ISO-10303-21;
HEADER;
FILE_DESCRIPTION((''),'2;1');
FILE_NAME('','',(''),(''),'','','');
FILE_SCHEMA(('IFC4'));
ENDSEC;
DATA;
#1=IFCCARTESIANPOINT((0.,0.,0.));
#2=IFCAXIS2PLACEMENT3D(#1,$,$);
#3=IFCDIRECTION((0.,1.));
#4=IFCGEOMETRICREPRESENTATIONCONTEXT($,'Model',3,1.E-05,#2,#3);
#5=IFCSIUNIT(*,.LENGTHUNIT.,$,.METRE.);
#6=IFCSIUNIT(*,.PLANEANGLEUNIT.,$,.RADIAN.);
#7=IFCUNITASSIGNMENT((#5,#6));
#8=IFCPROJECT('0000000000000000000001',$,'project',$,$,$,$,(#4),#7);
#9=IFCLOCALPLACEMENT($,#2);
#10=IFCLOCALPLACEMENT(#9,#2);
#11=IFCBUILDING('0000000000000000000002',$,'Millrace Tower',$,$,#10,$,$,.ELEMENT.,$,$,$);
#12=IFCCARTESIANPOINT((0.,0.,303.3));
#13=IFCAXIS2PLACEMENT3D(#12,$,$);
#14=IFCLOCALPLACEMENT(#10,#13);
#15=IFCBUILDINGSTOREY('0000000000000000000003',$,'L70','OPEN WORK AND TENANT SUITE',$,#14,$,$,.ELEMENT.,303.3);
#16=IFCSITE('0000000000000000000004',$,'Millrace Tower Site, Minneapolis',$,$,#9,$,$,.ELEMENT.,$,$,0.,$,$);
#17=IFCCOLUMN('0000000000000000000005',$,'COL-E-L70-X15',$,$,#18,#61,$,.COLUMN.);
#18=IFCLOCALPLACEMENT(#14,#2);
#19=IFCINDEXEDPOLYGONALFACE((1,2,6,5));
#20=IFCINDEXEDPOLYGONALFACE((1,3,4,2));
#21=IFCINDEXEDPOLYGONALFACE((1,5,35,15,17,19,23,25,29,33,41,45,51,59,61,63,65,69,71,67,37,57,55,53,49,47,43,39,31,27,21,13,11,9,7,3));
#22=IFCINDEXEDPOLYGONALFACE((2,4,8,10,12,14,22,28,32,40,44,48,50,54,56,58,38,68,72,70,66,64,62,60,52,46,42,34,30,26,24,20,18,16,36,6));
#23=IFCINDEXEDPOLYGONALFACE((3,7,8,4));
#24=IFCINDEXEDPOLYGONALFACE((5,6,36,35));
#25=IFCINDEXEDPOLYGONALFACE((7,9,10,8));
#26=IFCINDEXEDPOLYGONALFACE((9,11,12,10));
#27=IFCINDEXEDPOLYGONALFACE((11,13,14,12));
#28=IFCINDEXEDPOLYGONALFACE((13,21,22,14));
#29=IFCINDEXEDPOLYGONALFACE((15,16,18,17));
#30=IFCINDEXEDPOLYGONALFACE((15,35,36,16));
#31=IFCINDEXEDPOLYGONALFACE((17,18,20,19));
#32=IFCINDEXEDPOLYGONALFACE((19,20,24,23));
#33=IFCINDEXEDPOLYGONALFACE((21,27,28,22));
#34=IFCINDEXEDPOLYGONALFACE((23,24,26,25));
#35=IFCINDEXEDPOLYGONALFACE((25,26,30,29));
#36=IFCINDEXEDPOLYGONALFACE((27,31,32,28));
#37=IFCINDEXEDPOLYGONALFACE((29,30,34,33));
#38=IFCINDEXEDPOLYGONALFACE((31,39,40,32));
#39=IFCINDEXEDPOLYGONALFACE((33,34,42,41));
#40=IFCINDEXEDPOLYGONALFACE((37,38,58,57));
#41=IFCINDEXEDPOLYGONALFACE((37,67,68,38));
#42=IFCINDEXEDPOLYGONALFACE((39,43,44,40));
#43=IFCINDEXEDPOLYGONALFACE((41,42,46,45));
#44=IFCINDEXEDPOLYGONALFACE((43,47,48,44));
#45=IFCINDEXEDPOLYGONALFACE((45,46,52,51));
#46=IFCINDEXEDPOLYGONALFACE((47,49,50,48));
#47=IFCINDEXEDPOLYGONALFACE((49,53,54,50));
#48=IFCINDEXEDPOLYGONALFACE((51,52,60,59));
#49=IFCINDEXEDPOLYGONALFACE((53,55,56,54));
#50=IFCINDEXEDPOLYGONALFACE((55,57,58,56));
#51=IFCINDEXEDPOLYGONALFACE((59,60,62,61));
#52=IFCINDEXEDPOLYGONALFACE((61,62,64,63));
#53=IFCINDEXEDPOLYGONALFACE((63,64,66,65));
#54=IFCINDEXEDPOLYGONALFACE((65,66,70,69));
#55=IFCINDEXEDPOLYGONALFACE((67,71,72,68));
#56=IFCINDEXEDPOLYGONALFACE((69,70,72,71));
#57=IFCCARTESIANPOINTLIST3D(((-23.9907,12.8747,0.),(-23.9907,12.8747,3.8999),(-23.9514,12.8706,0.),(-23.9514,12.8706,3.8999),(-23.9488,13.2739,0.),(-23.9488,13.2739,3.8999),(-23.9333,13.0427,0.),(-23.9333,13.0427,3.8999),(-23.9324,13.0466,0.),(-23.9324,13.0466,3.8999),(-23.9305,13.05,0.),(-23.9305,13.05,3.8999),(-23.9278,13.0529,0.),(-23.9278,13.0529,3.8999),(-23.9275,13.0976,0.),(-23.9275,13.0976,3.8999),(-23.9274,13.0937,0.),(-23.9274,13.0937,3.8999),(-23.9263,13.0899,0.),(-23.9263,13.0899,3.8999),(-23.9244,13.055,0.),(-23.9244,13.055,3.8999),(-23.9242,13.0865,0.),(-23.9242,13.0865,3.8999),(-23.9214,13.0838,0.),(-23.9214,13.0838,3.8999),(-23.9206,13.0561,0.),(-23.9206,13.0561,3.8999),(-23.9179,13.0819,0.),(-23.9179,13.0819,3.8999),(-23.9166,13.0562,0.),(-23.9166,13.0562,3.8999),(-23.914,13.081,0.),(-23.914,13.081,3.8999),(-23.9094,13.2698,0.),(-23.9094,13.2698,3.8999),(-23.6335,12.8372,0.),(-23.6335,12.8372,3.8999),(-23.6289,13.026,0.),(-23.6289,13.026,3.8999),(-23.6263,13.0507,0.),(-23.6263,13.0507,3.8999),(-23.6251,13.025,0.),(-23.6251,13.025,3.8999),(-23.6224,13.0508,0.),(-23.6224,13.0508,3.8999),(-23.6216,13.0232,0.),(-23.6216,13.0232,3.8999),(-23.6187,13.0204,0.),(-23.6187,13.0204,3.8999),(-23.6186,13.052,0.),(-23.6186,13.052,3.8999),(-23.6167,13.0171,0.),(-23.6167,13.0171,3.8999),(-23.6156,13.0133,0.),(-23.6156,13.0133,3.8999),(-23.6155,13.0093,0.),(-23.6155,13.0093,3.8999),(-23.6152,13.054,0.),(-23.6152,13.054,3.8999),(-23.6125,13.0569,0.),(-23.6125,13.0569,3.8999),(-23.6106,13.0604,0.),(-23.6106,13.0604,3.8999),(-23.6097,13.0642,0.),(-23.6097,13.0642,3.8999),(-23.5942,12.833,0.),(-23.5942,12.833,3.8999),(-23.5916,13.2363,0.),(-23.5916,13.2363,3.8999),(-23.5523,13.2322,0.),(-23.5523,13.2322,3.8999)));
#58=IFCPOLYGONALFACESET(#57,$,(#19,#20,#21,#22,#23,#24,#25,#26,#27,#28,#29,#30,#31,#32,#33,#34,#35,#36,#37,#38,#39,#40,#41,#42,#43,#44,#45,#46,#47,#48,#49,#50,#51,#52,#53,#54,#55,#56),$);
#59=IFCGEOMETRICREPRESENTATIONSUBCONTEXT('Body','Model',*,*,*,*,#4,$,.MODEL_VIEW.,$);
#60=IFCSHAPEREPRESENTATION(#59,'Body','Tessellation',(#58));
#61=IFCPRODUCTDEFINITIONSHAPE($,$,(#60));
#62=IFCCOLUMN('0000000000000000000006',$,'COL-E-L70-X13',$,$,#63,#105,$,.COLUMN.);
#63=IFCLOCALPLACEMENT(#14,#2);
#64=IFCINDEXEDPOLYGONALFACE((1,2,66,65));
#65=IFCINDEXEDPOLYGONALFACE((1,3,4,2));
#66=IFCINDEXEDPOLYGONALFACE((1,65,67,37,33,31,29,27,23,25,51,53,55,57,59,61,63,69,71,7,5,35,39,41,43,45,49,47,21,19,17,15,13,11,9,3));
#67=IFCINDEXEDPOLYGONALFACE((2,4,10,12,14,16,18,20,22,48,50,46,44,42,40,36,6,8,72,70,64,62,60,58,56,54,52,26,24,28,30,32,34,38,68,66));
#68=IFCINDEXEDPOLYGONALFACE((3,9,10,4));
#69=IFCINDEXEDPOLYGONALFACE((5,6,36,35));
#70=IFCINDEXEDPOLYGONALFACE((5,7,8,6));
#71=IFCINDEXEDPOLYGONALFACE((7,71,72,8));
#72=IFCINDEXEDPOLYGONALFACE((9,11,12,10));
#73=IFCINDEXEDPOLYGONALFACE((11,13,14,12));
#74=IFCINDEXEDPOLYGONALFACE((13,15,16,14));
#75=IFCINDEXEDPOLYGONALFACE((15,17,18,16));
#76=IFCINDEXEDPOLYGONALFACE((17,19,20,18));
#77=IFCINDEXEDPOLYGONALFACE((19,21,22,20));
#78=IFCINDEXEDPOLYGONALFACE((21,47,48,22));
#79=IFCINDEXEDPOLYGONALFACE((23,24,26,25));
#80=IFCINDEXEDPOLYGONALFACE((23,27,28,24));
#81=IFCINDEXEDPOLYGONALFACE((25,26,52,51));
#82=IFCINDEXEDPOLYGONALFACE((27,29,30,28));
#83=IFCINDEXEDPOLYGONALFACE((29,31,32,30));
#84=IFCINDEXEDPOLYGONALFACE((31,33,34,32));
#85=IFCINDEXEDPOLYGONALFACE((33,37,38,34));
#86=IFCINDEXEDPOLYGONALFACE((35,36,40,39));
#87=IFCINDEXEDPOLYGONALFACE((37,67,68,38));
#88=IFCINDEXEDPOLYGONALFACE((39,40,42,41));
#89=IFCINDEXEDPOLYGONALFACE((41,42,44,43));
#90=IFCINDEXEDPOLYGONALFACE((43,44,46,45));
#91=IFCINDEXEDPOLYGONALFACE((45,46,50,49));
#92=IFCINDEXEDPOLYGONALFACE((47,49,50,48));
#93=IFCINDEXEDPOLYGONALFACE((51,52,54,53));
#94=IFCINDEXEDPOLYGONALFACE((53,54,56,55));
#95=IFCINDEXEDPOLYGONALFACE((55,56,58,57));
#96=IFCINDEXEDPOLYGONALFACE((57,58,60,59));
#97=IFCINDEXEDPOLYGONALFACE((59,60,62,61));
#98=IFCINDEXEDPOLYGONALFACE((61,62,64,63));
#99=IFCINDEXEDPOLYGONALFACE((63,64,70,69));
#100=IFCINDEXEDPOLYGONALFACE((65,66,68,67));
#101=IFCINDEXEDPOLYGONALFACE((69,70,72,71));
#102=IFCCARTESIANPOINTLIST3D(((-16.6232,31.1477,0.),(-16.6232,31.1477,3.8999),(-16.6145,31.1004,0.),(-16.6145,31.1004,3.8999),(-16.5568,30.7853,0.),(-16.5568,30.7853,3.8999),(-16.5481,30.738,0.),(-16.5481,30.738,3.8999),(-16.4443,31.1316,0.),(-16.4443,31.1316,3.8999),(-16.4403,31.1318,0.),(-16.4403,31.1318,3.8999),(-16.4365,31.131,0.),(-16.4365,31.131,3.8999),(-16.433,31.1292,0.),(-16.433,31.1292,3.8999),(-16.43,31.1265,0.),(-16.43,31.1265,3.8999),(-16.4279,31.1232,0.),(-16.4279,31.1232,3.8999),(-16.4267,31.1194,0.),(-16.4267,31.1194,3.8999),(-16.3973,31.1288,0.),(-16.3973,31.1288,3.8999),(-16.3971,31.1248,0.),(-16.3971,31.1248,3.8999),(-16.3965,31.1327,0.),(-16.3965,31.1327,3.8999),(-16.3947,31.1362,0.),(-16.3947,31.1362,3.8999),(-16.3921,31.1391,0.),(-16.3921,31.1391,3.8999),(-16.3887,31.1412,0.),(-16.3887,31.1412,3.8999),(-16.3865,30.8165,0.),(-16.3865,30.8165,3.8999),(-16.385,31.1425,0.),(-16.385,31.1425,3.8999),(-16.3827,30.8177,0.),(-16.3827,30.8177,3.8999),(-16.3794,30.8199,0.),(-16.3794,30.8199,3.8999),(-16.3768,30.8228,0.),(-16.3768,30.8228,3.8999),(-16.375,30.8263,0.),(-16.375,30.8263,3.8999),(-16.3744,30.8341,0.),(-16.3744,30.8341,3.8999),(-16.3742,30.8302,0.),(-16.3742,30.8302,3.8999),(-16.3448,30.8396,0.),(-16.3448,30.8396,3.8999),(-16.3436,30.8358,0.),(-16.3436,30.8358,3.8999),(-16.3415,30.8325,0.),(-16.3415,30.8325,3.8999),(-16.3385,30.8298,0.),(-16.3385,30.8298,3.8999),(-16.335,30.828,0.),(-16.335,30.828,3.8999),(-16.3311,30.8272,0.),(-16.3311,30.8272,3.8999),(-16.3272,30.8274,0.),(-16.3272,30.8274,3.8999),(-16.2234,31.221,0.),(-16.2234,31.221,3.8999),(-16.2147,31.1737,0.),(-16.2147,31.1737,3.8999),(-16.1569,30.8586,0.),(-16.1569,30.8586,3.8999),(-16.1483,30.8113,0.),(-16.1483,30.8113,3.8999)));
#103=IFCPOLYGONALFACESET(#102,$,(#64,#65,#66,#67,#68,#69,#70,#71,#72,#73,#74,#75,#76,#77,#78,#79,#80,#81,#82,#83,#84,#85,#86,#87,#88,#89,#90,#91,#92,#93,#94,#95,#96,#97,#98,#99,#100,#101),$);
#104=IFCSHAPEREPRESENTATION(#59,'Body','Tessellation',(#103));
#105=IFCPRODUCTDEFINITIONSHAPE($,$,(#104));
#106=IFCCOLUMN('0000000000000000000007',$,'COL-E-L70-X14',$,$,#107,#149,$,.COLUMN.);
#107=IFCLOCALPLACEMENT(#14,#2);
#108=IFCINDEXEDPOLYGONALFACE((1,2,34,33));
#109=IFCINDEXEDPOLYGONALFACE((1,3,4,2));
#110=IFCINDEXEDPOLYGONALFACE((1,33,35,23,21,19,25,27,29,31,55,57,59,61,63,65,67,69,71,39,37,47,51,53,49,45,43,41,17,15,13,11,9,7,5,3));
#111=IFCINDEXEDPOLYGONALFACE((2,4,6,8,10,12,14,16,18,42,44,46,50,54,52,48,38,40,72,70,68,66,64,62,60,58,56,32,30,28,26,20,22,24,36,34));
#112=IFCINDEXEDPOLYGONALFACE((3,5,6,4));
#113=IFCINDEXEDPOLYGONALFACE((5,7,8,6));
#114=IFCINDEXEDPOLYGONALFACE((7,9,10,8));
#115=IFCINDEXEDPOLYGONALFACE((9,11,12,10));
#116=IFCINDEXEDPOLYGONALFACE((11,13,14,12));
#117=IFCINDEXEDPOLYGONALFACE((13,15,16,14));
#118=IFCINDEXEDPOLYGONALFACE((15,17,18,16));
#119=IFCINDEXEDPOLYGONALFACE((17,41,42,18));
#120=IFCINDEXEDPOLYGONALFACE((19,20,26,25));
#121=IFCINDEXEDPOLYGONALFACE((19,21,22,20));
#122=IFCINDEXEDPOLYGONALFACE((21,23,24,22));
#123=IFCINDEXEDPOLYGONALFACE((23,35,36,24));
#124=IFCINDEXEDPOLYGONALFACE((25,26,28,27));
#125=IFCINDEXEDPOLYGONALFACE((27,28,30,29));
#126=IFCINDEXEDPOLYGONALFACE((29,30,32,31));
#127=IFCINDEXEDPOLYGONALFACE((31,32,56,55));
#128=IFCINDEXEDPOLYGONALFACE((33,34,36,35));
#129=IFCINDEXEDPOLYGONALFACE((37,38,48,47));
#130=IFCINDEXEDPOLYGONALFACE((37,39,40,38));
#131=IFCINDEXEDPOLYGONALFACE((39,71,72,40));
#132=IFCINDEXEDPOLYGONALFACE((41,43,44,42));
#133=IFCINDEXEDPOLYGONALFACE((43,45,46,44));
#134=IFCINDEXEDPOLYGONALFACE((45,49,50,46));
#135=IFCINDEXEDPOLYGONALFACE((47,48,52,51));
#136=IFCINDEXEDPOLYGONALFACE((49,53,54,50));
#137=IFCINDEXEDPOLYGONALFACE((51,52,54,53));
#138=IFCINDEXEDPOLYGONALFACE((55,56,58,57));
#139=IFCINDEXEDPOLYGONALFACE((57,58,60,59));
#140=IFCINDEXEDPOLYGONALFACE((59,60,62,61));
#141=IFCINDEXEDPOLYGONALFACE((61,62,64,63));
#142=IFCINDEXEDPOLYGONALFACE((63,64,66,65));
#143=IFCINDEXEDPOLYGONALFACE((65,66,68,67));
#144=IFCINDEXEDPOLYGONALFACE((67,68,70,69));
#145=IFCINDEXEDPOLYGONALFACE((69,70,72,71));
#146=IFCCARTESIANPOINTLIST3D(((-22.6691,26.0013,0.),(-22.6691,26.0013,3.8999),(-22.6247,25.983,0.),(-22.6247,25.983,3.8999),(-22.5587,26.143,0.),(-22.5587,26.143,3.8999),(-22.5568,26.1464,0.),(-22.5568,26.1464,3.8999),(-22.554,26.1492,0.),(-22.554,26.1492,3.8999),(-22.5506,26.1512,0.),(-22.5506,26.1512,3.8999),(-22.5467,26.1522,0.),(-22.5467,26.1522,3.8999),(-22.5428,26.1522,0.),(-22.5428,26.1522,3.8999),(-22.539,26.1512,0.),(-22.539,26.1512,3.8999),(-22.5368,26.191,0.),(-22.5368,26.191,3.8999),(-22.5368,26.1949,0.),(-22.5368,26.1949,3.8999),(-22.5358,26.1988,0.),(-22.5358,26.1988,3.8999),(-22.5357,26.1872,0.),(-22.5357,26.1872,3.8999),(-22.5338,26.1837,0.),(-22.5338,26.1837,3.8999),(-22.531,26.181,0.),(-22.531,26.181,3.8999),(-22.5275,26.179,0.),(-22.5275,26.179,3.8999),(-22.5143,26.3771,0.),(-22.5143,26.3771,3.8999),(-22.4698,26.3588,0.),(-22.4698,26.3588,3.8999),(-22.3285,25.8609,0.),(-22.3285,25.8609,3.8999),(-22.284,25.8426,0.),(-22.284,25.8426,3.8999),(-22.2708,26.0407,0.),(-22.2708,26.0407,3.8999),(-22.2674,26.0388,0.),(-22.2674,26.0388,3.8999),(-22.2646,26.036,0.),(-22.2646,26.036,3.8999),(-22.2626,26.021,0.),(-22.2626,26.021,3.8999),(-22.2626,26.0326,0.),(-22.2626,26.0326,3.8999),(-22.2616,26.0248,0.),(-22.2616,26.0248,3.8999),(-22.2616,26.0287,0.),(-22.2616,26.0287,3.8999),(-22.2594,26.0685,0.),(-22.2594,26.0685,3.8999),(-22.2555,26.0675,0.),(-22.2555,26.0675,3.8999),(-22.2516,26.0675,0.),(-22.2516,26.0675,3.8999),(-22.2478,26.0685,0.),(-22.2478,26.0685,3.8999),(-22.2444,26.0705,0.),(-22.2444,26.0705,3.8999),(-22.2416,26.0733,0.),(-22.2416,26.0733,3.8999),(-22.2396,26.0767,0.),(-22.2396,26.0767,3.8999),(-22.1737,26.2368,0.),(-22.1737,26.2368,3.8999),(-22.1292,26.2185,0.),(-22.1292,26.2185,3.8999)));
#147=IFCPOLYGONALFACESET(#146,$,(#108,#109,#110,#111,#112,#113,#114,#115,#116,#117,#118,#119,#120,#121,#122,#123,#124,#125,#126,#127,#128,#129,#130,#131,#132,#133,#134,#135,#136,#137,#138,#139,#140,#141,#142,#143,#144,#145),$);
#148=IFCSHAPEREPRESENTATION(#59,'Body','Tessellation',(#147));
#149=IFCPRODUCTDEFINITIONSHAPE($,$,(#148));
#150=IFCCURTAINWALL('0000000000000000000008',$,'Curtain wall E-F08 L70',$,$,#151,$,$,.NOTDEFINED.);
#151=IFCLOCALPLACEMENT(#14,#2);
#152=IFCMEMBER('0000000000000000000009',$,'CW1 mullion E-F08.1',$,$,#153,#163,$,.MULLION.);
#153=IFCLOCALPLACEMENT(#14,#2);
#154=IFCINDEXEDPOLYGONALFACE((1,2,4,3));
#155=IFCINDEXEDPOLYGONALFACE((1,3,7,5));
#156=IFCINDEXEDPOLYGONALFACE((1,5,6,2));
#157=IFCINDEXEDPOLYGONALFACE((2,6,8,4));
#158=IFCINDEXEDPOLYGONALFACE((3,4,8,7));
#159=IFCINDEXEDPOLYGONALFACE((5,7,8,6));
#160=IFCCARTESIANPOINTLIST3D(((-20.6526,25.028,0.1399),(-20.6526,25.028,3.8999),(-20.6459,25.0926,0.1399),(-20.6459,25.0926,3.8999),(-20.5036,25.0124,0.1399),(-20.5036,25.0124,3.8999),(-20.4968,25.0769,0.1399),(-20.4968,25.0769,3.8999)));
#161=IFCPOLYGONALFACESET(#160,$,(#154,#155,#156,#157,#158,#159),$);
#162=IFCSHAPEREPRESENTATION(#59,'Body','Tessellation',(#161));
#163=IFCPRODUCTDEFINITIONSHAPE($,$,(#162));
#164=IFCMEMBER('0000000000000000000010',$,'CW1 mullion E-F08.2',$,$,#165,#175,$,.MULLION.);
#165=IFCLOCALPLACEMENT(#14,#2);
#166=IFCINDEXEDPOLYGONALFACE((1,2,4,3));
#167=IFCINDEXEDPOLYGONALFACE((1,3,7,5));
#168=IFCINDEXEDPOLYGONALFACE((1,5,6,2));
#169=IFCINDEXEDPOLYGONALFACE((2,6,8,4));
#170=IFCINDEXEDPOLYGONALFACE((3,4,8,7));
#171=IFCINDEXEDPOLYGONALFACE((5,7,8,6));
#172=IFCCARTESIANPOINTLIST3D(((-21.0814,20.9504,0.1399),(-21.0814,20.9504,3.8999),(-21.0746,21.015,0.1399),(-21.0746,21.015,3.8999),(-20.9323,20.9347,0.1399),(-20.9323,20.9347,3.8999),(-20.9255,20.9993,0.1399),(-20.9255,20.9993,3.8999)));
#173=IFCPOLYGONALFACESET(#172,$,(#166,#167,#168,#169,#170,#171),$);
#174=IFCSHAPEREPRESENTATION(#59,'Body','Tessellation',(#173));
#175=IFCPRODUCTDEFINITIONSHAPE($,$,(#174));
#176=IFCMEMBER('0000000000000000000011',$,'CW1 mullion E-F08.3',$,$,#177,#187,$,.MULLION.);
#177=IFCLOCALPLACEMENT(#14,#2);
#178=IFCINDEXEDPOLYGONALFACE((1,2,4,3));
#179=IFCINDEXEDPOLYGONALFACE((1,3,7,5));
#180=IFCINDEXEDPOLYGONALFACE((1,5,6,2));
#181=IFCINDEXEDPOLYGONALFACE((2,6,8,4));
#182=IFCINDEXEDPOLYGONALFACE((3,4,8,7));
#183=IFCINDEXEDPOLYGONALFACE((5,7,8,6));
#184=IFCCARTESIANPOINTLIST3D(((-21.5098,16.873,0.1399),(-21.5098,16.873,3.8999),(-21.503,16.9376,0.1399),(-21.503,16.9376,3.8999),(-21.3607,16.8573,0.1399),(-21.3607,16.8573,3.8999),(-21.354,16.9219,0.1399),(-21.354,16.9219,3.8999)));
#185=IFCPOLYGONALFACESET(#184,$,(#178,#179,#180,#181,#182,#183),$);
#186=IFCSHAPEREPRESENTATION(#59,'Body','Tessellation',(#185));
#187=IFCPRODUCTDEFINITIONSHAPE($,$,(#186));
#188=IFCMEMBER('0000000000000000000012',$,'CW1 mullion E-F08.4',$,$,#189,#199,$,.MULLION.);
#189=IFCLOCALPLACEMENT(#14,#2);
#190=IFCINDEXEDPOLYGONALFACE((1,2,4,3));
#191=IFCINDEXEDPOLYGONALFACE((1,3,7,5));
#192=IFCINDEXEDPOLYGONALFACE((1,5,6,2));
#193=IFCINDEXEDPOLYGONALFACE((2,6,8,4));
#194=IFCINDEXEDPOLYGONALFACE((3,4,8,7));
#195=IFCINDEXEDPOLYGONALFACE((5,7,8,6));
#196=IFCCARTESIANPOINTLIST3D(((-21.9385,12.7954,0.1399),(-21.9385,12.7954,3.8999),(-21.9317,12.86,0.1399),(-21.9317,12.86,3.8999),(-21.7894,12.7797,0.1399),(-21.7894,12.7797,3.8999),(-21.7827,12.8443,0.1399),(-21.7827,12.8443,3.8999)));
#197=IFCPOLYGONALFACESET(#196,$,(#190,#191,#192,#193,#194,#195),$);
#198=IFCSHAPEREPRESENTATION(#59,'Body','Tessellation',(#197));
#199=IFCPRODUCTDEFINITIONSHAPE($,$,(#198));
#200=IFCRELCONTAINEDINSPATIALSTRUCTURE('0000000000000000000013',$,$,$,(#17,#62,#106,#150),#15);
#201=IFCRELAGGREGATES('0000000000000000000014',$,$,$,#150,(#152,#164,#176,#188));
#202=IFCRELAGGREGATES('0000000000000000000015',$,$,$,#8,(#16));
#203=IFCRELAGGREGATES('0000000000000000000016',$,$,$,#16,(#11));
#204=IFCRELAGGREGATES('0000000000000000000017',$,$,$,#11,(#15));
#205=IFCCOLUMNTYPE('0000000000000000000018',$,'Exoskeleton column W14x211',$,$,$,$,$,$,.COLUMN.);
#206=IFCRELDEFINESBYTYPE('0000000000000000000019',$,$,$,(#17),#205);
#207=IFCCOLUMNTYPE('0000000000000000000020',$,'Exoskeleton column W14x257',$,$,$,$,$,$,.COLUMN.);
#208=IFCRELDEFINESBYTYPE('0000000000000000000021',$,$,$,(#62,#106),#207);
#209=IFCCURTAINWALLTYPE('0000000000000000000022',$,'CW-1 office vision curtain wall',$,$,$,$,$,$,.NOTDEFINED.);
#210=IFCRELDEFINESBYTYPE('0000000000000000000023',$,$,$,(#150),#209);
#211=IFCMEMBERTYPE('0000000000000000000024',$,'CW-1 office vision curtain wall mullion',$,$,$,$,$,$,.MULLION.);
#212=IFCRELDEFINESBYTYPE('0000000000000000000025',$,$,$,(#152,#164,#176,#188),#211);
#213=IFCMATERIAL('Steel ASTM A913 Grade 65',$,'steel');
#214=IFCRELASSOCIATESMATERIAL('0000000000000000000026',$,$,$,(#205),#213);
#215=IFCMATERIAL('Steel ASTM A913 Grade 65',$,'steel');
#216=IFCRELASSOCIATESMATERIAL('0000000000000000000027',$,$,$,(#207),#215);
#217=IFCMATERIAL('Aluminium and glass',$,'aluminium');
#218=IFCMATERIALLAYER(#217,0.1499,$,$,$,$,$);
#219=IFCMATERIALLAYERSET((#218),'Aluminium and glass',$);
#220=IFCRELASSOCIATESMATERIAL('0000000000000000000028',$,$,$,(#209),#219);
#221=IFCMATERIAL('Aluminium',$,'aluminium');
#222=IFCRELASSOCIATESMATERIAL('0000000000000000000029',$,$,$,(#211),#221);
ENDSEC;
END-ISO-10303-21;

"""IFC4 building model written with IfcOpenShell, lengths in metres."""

from ifc_helpers import new_model, si_unit, direction, frame, origin, origin_2d, place, context, subcontext, project, spatial, rectangle, i_section, extrude, material, layer, layer_set, material_profile, profile_set, type_object, element, aggregate, save


model = new_model("IFC4")

# Units and contexts
model_context = context("Model", 3, precision=1e-05, world=origin(), true_north=direction((0.0, 1.0)))
body_context = subcontext(model_context, "Body", "Model", "MODEL_VIEW")
ifc_project = project(units=[si_unit("LENGTHUNIT", "METRE"), si_unit("PLANEANGLEUNIT", "RADIAN")], contexts=[model_context])

# Site, building, storey
site_placement = place(None, origin())
site = spatial("IfcSite", under=ifc_project, at=site_placement, Name="Millrace Tower Site, Minneapolis", CompositionType="ELEMENT", RefElevation=0.0)
building_placement = place(site_placement, origin())
building = spatial("IfcBuilding", under=site, at=building_placement, Name="Millrace Tower", CompositionType="ELEMENT")
storey_placement = place(building_placement, frame((0.0, 0.0, 303.3)))
storey = spatial("IfcBuildingStorey", under=building, at=storey_placement, Name="L70", Description="OPEN WORK AND TENANT SUITE", CompositionType="ELEMENT", Elevation=303.3)

# Columns
ifc_material_1 = material(Name="Steel ASTM A913 Grade 65", Category="steel")
ifc_material_profile_1 = material_profile(ifc_material_1, i_section(OverallWidth=0.4014, OverallDepth=0.3987, WebThickness=0.0249, FlangeThickness=0.0396, FilletRadius=0.0151, at=origin_2d()))
ifc_profile_set_1 = profile_set([ifc_material_profile_1], Name="Steel ASTM A913 Grade 65")
column_type_1 = type_object("IfcColumnType", Name="Exoskeleton column W14x211", PredefinedType="COLUMN", material=ifc_profile_set_1)
column_placement = place(storey_placement, frame((-23.7715, 13.0535, 0.0), z_axis=(0.0, 0.0, 1.0), x_axis=(-0.104528, -0.994522, 0.0)))
element("IfcColumn", 1, at=column_placement, inside=storey, type_object=column_type_1, Name="COL-E-L70-X15", PredefinedType="COLUMN", context=body_context, shape_type="SweptSolid", body=[
    extrude(i_section(OverallWidth=0.4014, OverallDepth=0.3987, WebThickness=0.0249, FlangeThickness=0.0396, FilletRadius=0.0151, at=origin_2d()), origin(), (0.0, 0.0, 1.0), 3.8999),
])
ifc_material_2 = material(Name="Steel ASTM A913 Grade 65", Category="steel")
ifc_material_profile_2 = material_profile(ifc_material_2, i_section(OverallWidth=0.4065, OverallDepth=0.4165, WebThickness=0.03, FlangeThickness=0.0481, FilletRadius=0.0151, at=origin_2d()))
ifc_profile_set_2 = profile_set([ifc_material_profile_2], Name="Steel ASTM A913 Grade 65")
column_type_2 = type_object("IfcColumnType", Name="Exoskeleton column W14x257", PredefinedType="COLUMN", material=ifc_profile_set_2)
for number, where, z_axis, x_axis, name in (
    (2, (-16.3857, 30.9795, 0.0), (0.0, 0.0, 1.0), (-0.983596, -0.180387, 0.0), "COL-E-L70-X13"),
    (3, (-22.3992, 26.1099, 0.0), (0.0, 0.0, 1.0), (-0.380947, -0.924597, 0.0), "COL-E-L70-X14"),
):
    element("IfcColumn", number, at=place(storey_placement, frame(where, z_axis=z_axis, x_axis=x_axis)), inside=storey, type_object=column_type_2, Name=name, PredefinedType="COLUMN", context=body_context, shape_type="SweptSolid", body=[
        extrude(i_section(OverallWidth=0.4065, OverallDepth=0.4165, WebThickness=0.03, FlangeThickness=0.0481, FilletRadius=0.0151, at=origin_2d()), origin(), (0.0, 0.0, 1.0), 3.8999),
    ])

# Curtain wall, members
ifc_material_3 = material(Name="Aluminium and glass", Category="aluminium")
ifc_layer_1 = layer(ifc_material_3, 0.1499)
ifc_layer_set_1 = layer_set([ifc_layer_1], Name="Aluminium and glass")
curtain_wall_type = type_object("IfcCurtainWallType", Name="CW-1 office vision curtain wall", PredefinedType="NOTDEFINED", material=ifc_layer_set_1)
curtain_wall_placement = place(storey_placement, origin())
curtain_wall = element("IfcCurtainWall", 4, at=curtain_wall_placement, inside=storey, type_object=curtain_wall_type, Name="Curtain wall E-F08 L70", PredefinedType="NOTDEFINED")
ifc_material_4 = material(Name="Aluminium", Category="aluminium")
ifc_material_profile_3 = material_profile(ifc_material_4, rectangle(XDim=0.0649, YDim=0.1499, at=origin_2d()))
ifc_profile_set_3 = profile_set([ifc_material_profile_3], Name="Aluminium")
member_type_1 = type_object("IfcMemberType", Name="CW-1 office vision curtain wall mullion", PredefinedType="MULLION", material=ifc_profile_set_3)
member_1_placement = place(storey_placement, frame((-20.5747, 25.0525, 0.1399), z_axis=(0.0, 0.0, 1.0), x_axis=(-0.104528, -0.994522, 0.0)))
member_1 = element("IfcMember", 5, at=member_1_placement, type_object=member_type_1, Name="CW1 mullion E-F08.1", PredefinedType="MULLION", context=body_context, shape_type="SweptSolid", body=[
    extrude(rectangle(XDim=0.0649, YDim=0.1499, at=origin_2d()), origin(), (0.0, 0.0, 1.0), 3.76),
])
member_2_placement = place(storey_placement, frame((-21.0034, 20.9749, 0.1399), z_axis=(0.0, 0.0, 1.0), x_axis=(-0.104528, -0.994522, 0.0)))
member_2 = element("IfcMember", 6, at=member_2_placement, type_object=member_type_1, Name="CW1 mullion E-F08.2", PredefinedType="MULLION", context=body_context, shape_type="SweptSolid", body=[
    extrude(rectangle(XDim=0.0649, YDim=0.1499, at=origin_2d()), origin(), (0.0, 0.0, 1.0), 3.76),
])
member_3_placement = place(storey_placement, frame((-21.4319, 16.8975, 0.1399), z_axis=(0.0, 0.0, 1.0), x_axis=(-0.104528, -0.994522, 0.0)))
member_3 = element("IfcMember", 7, at=member_3_placement, type_object=member_type_1, Name="CW1 mullion E-F08.3", PredefinedType="MULLION", context=body_context, shape_type="SweptSolid", body=[
    extrude(rectangle(XDim=0.0649, YDim=0.1499, at=origin_2d()), origin(), (0.0, 0.0, 1.0), 3.76),
])
member_4_placement = place(storey_placement, frame((-21.8606, 12.8198, 0.1399), z_axis=(0.0, 0.0, 1.0), x_axis=(-0.104528, -0.994522, 0.0)))
member_4 = element("IfcMember", 8, at=member_4_placement, type_object=member_type_1, Name="CW1 mullion E-F08.4", PredefinedType="MULLION", context=body_context, shape_type="SweptSolid", body=[
    extrude(rectangle(XDim=0.0649, YDim=0.1499, at=origin_2d()), origin(), (0.0, 0.0, 1.0), 3.76),
])
aggregate(curtain_wall, [member_1, member_2, member_3, member_4])

save(model, "model.ifc")
